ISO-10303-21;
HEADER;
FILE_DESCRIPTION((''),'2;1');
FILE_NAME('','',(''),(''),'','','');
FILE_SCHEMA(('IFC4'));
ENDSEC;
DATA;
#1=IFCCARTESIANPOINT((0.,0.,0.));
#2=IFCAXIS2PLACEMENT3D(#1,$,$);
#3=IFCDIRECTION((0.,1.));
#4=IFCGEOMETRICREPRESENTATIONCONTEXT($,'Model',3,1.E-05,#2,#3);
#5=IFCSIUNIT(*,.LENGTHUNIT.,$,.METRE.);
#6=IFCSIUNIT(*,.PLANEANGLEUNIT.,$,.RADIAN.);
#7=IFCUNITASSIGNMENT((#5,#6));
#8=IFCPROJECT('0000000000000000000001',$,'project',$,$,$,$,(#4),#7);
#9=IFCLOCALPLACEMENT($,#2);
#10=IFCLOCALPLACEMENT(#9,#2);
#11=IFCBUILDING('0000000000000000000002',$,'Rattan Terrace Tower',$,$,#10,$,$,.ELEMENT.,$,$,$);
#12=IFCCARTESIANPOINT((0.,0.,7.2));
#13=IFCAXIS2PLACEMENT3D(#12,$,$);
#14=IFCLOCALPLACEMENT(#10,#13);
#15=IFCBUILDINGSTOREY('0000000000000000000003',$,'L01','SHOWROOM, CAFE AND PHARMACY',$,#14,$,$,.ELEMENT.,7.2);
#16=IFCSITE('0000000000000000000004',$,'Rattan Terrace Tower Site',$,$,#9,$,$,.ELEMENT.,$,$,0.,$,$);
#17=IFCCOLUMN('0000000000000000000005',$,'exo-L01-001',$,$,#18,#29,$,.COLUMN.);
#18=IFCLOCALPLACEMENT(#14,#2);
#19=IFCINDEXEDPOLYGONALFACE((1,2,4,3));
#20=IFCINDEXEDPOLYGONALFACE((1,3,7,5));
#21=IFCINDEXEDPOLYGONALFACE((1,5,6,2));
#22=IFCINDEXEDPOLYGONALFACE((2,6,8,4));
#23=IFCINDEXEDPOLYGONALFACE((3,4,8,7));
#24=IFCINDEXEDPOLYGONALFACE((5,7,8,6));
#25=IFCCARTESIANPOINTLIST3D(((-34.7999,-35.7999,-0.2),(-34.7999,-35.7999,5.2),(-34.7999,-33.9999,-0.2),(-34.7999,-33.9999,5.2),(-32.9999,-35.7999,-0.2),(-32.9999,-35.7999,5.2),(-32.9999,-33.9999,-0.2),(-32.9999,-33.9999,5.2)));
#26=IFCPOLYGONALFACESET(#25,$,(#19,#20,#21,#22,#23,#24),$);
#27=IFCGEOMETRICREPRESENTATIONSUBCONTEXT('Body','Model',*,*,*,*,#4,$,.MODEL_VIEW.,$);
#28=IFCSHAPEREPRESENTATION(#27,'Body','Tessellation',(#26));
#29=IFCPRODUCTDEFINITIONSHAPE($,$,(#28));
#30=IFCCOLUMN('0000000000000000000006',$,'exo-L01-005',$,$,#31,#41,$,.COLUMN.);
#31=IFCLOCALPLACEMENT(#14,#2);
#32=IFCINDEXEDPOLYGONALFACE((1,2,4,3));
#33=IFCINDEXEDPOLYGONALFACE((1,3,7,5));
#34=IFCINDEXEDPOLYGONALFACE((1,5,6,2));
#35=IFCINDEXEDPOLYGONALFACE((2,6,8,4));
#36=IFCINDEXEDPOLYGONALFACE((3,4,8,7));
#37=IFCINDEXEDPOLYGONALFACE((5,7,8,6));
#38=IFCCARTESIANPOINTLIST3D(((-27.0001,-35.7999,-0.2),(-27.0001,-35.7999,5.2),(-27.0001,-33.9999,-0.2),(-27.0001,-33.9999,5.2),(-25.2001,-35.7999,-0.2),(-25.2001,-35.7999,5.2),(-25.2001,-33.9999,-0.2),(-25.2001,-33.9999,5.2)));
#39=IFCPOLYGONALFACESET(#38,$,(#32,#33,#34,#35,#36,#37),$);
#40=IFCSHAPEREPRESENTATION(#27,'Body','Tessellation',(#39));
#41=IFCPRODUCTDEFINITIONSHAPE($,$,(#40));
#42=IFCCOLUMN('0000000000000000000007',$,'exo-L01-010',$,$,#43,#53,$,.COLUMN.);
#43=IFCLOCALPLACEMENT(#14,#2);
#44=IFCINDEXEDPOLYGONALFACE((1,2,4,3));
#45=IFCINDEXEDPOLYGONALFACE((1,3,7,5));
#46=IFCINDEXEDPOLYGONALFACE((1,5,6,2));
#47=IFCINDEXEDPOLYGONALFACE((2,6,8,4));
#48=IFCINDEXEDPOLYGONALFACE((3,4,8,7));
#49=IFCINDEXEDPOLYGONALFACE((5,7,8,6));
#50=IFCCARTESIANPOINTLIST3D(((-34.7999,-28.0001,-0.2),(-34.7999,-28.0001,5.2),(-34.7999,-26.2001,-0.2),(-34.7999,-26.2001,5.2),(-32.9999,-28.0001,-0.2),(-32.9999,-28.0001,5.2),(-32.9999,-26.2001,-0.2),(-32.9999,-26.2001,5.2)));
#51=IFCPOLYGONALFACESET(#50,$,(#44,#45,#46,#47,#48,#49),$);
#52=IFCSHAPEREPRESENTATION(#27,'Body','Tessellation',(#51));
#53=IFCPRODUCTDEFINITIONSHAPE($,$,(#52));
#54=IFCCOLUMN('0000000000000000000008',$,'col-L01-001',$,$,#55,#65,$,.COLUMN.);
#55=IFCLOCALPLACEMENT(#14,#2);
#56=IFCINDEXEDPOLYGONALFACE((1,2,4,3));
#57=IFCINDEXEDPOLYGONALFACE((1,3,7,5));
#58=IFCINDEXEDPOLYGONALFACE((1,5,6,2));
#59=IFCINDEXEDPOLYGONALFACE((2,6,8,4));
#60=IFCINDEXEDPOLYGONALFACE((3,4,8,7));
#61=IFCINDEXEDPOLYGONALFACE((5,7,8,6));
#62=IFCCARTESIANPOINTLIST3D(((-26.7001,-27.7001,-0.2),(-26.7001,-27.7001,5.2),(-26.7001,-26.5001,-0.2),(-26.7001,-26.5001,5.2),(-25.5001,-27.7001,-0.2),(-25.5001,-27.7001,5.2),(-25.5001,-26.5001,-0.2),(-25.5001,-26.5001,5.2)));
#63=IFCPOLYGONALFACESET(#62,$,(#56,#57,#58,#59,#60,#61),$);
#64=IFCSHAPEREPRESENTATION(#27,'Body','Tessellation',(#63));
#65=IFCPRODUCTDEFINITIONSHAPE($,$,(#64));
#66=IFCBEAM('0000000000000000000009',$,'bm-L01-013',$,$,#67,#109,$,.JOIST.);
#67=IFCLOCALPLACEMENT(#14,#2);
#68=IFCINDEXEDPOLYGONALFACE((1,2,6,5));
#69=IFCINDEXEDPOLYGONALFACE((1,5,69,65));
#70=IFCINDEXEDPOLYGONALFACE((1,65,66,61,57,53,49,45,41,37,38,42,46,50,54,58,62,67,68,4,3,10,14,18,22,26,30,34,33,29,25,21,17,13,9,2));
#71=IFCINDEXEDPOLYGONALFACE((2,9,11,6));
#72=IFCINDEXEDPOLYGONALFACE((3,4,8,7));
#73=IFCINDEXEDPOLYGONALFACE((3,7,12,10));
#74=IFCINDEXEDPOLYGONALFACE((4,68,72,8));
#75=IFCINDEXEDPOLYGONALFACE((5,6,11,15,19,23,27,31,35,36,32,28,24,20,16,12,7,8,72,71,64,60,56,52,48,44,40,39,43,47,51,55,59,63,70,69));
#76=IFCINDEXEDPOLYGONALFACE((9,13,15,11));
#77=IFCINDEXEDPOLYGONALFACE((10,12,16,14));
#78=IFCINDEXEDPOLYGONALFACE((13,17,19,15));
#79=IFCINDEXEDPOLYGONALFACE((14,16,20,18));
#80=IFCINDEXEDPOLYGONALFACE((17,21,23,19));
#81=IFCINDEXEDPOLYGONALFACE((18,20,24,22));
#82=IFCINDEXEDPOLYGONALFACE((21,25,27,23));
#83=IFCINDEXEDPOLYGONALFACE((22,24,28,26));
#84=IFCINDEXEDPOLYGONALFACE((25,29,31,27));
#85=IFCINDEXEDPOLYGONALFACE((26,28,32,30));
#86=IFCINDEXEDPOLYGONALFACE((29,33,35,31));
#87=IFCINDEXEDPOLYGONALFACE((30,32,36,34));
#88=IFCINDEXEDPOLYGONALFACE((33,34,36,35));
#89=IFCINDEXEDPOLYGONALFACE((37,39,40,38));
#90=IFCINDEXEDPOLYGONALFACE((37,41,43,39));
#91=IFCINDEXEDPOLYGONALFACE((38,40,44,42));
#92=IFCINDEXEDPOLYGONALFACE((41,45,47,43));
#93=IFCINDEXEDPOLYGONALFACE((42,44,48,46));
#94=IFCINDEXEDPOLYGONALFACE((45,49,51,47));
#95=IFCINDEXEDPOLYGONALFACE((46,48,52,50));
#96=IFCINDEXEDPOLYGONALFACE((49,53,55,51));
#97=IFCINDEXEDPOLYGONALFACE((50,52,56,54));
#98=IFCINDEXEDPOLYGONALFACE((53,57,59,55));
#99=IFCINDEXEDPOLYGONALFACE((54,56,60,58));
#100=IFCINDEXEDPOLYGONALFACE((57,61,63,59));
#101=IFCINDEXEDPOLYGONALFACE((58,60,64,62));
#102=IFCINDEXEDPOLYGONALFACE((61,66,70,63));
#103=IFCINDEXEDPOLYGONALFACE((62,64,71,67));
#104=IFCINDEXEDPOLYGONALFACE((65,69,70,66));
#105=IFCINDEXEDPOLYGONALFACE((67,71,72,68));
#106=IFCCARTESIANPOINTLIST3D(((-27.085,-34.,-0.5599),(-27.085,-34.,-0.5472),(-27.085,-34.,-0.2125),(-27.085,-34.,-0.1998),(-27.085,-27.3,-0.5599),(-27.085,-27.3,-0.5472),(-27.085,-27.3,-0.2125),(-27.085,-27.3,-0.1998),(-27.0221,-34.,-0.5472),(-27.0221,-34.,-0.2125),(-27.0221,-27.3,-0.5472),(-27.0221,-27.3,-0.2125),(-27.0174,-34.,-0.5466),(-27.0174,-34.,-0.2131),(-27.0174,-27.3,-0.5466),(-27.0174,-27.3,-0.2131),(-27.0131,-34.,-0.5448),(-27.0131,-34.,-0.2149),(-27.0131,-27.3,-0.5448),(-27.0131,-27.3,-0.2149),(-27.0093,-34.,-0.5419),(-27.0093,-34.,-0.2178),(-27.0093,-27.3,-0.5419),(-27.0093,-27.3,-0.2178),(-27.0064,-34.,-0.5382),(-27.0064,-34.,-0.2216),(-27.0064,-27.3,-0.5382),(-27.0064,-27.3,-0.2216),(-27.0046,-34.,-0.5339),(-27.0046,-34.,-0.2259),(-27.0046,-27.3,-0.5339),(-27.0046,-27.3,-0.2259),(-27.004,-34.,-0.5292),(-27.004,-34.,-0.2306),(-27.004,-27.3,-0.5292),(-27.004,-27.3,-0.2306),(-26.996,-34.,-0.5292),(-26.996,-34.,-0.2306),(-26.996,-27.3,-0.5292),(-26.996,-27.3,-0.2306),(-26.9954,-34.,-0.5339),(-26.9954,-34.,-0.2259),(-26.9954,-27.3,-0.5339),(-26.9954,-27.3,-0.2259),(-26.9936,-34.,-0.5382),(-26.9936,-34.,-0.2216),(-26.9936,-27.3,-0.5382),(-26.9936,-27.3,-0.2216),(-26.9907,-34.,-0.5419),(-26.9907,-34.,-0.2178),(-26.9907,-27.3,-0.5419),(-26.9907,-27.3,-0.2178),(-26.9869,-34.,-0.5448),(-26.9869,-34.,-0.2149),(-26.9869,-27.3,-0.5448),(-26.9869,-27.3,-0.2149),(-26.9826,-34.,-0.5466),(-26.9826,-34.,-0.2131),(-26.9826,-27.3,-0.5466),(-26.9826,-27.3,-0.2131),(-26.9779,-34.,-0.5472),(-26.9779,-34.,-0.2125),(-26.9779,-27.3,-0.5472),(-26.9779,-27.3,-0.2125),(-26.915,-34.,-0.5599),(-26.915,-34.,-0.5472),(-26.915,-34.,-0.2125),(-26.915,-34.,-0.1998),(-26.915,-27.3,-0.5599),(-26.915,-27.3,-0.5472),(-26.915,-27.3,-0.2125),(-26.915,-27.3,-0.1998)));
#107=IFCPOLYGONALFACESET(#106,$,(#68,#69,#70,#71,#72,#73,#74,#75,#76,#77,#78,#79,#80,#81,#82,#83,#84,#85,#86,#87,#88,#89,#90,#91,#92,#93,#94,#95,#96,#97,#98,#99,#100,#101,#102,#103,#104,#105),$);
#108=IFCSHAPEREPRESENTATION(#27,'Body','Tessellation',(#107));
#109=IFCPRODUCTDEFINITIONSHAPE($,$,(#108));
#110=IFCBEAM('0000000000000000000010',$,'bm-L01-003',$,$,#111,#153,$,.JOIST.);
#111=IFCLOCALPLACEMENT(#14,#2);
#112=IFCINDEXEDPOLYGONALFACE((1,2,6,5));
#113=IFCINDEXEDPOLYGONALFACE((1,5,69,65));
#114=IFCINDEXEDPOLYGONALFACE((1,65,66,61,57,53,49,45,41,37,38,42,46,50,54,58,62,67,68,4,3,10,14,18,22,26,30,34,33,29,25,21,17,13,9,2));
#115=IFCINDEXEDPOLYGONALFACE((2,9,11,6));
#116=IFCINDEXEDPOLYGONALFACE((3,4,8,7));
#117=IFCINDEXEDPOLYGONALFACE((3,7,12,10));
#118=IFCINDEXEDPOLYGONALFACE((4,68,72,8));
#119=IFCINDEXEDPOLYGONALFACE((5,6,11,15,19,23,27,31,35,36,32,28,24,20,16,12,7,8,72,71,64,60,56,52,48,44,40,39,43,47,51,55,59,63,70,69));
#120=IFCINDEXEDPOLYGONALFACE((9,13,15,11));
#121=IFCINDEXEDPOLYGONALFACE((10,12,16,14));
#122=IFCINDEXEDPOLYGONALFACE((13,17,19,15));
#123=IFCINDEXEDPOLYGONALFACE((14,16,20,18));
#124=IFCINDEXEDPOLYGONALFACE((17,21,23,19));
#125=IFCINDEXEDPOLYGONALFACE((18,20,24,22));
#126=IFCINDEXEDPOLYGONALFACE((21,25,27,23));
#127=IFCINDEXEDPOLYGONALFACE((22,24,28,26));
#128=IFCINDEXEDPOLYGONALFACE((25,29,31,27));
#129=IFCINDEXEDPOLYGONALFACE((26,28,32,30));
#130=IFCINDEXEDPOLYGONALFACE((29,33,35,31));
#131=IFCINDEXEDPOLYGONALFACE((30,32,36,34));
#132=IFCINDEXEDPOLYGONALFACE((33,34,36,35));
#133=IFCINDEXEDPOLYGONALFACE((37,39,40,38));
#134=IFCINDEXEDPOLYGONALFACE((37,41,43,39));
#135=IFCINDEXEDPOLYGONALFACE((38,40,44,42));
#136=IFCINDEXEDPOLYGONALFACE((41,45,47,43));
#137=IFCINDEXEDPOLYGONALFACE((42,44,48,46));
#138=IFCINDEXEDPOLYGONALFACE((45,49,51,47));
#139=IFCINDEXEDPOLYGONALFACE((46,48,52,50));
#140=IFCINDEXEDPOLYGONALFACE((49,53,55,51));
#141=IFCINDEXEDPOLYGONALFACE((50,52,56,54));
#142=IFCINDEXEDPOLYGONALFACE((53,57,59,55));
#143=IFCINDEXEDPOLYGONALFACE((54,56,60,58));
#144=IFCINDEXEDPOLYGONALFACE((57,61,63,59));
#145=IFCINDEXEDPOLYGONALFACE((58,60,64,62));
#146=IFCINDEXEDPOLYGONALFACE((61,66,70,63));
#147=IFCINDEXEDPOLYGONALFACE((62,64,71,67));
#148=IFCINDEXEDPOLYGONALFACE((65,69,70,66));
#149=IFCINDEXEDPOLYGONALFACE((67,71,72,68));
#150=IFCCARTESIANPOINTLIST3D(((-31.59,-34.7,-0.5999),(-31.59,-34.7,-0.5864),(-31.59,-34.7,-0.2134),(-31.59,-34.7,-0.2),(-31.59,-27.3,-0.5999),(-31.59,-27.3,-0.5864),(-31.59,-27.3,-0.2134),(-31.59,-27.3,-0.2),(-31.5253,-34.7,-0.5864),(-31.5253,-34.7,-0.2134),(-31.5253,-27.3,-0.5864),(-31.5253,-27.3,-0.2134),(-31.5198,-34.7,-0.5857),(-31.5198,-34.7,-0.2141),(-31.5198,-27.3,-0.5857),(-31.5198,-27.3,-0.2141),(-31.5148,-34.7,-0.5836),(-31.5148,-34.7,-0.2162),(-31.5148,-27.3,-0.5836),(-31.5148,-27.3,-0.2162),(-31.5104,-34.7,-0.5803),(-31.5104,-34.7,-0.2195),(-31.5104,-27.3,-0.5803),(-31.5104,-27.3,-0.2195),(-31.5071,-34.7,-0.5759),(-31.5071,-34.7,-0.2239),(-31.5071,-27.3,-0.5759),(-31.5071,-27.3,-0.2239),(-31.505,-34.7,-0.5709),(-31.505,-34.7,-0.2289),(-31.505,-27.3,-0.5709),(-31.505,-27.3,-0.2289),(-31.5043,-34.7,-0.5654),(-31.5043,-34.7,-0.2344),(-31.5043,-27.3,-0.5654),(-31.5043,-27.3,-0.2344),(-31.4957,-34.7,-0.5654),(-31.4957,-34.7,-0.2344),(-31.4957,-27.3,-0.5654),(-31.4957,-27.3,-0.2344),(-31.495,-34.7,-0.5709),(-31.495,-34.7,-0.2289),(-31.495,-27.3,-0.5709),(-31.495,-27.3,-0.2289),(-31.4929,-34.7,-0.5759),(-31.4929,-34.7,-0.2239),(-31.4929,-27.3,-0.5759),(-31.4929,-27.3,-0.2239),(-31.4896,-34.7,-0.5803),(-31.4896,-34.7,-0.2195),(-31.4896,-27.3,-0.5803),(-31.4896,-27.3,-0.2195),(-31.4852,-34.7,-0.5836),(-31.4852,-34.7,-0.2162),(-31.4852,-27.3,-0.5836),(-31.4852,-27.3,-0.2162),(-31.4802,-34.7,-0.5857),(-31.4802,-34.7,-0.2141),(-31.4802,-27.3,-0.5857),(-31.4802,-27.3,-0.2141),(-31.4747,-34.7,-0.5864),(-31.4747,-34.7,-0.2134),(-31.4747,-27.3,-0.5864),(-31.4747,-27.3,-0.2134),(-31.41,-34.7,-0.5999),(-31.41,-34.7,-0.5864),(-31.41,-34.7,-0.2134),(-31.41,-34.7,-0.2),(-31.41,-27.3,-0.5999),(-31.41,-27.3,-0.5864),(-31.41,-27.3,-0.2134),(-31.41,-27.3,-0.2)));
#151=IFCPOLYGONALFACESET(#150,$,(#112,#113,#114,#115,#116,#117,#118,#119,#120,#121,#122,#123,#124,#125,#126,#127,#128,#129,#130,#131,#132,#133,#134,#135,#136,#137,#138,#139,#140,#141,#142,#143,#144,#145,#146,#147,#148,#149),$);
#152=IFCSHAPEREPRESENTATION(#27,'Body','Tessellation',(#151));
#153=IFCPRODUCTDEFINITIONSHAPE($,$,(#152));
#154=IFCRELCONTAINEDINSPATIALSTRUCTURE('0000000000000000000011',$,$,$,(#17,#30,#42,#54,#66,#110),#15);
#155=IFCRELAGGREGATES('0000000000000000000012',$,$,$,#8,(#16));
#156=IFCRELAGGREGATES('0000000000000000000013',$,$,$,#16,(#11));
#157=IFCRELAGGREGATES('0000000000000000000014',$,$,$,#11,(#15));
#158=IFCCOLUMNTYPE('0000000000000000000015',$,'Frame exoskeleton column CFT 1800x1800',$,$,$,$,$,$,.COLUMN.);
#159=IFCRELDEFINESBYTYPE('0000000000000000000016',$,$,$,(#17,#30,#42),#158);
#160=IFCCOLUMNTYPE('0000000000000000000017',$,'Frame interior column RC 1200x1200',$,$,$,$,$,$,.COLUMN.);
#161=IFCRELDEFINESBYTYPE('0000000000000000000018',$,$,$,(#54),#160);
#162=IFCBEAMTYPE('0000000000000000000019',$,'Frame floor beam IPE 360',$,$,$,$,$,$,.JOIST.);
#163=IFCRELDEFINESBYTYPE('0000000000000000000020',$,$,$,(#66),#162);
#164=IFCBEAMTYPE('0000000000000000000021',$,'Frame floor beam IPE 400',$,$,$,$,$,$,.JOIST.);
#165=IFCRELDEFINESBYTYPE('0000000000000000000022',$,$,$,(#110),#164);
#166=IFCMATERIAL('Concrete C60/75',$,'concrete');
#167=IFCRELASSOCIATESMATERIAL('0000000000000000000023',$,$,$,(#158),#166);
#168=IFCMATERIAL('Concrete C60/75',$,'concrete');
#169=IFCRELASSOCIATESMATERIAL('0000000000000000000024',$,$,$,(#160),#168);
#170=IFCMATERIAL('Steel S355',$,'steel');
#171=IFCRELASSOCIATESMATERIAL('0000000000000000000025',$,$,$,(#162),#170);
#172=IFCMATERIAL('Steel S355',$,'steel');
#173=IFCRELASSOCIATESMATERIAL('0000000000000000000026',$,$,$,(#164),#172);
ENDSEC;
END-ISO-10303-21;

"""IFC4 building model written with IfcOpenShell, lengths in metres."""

from ifc_helpers import new_model, si_unit, direction, frame, origin, origin_2d, place, context, subcontext, project, spatial, rectangle, i_section, extrude, material, material_profile, profile_set, type_object, element, save


model = new_model("IFC4")

# Units and contexts
model_context = context("Model", 3, precision=1e-05, world=origin(), true_north=direction((0.0, 1.0)))
body_context = subcontext(model_context, "Body", "Model", "MODEL_VIEW")
ifc_project = project(units=[si_unit("LENGTHUNIT", "METRE"), si_unit("PLANEANGLEUNIT", "RADIAN")], contexts=[model_context])

# Site, building, storey
site_placement = place(None, origin())
site = spatial("IfcSite", under=ifc_project, at=site_placement, Name="Rattan Terrace Tower Site", CompositionType="ELEMENT", RefElevation=0.0)
building_placement = place(site_placement, origin())
building = spatial("IfcBuilding", under=site, at=building_placement, Name="Rattan Terrace Tower", CompositionType="ELEMENT")
storey_placement = place(building_placement, frame((0.0, 0.0, 7.2)))
storey = spatial("IfcBuildingStorey", under=building, at=storey_placement, Name="L01", Description="SHOWROOM, CAFE AND PHARMACY", CompositionType="ELEMENT", Elevation=7.2)

# Columns
ifc_material_1 = material(Name="Concrete C60/75", Category="concrete")
ifc_material_profile_1 = material_profile(ifc_material_1, rectangle(XDim=1.8, YDim=1.8, at=origin_2d()), Name="CFT 1800x1800")
ifc_profile_set_1 = profile_set([ifc_material_profile_1], Name="Concrete C60/75")
column_type_1 = type_object("IfcColumnType", Name="Frame exoskeleton column CFT 1800x1800", PredefinedType="COLUMN", material=ifc_profile_set_1)
for number, where, z_axis, x_axis, name in (
    (1, (-33.8999, -34.8999, -0.2), (0.0, 0.0, 1.0), (1.0, 0.0, 0.0), "exo-L01-001"),
    (2, (-26.1001, -34.8999, -0.2), (0.0, 0.0, 1.0), (1.0, 0.0, 0.0), "exo-L01-005"),
    (3, (-33.8999, -27.1001, -0.2), (0.0, 0.0, 1.0), (0.0, 1.0, 0.0), "exo-L01-010"),
):
    element("IfcColumn", number, at=place(storey_placement, frame(where, z_axis=z_axis, x_axis=x_axis)), inside=storey, type_object=column_type_1, Name=name, PredefinedType="COLUMN", context=body_context, shape_type="SweptSolid", body=[
        extrude(rectangle(XDim=1.8, YDim=1.8, at=origin_2d()), origin(), (0.0, 0.0, 1.0), 5.3999),
    ])
ifc_material_2 = material(Name="Concrete C60/75", Category="concrete")
ifc_material_profile_2 = material_profile(ifc_material_2, rectangle(XDim=1.2, YDim=1.2, at=origin_2d()), Name="RC 1200x1200")
ifc_profile_set_2 = profile_set([ifc_material_profile_2], Name="Concrete C60/75")
column_type_2 = type_object("IfcColumnType", Name="Frame interior column RC 1200x1200", PredefinedType="COLUMN", material=ifc_profile_set_2)
column_placement = place(storey_placement, frame((-26.1001, -27.1001, -0.2), z_axis=(0.0, 0.0, 1.0), x_axis=(1.0, 0.0, 0.0)))
element("IfcColumn", 4, at=column_placement, inside=storey, type_object=column_type_2, Name="col-L01-001", PredefinedType="COLUMN", context=body_context, shape_type="SweptSolid", body=[
    extrude(rectangle(XDim=1.2, YDim=1.2, at=origin_2d()), origin(), (0.0, 0.0, 1.0), 5.3999),
])

# Beams
ifc_material_3 = material(Name="Steel S355", Category="steel")
ifc_material_profile_3 = material_profile(ifc_material_3, i_section(OverallWidth=0.1699, OverallDepth=0.3601, WebThickness=0.0081, FlangeThickness=0.0127, FilletRadius=0.0181, at=origin_2d()), Name="IPE 360")
ifc_profile_set_3 = profile_set([ifc_material_profile_3], Name="Steel S355")
beam_type_1 = type_object("IfcBeamType", Name="Frame floor beam IPE 360", PredefinedType="JOIST", material=ifc_profile_set_3)
beam_1_placement = place(storey_placement, frame((-27.0, -34.0, -0.3799), z_axis=(0.0, 1.0, 0.0), x_axis=(-1.0, 0.0, 0.0)))
element("IfcBeam", 5, at=beam_1_placement, inside=storey, type_object=beam_type_1, Name="bm-L01-013", PredefinedType="JOIST", context=body_context, shape_type="SweptSolid", body=[
    extrude(i_section(OverallWidth=0.1699, OverallDepth=0.3601, WebThickness=0.0081, FlangeThickness=0.0127, FilletRadius=0.0181, at=origin_2d()), origin(), (0.0, 0.0, 1.0), 6.7),
])
ifc_material_4 = material(Name="Steel S355", Category="steel")
ifc_material_profile_4 = material_profile(ifc_material_4, i_section(OverallWidth=0.1799, OverallDepth=0.3999, WebThickness=0.0085, FlangeThickness=0.0134, FilletRadius=0.021, at=origin_2d()), Name="IPE 400")
ifc_profile_set_4 = profile_set([ifc_material_profile_4], Name="Steel S355")
beam_type_2 = type_object("IfcBeamType", Name="Frame floor beam IPE 400", PredefinedType="JOIST", material=ifc_profile_set_4)
beam_2_placement = place(storey_placement, frame((-31.5, -34.7, -0.3999), z_axis=(0.0, 1.0, 0.0), x_axis=(-1.0, 0.0, 0.0)))
element("IfcBeam", 6, at=beam_2_placement, inside=storey, type_object=beam_type_2, Name="bm-L01-003", PredefinedType="JOIST", context=body_context, shape_type="SweptSolid", body=[
    extrude(i_section(OverallWidth=0.1799, OverallDepth=0.3999, WebThickness=0.0085, FlangeThickness=0.0134, FilletRadius=0.021, at=origin_2d()), origin(), (0.0, 0.0, 1.0), 7.3999),
])

save(model, "model.ifc")
